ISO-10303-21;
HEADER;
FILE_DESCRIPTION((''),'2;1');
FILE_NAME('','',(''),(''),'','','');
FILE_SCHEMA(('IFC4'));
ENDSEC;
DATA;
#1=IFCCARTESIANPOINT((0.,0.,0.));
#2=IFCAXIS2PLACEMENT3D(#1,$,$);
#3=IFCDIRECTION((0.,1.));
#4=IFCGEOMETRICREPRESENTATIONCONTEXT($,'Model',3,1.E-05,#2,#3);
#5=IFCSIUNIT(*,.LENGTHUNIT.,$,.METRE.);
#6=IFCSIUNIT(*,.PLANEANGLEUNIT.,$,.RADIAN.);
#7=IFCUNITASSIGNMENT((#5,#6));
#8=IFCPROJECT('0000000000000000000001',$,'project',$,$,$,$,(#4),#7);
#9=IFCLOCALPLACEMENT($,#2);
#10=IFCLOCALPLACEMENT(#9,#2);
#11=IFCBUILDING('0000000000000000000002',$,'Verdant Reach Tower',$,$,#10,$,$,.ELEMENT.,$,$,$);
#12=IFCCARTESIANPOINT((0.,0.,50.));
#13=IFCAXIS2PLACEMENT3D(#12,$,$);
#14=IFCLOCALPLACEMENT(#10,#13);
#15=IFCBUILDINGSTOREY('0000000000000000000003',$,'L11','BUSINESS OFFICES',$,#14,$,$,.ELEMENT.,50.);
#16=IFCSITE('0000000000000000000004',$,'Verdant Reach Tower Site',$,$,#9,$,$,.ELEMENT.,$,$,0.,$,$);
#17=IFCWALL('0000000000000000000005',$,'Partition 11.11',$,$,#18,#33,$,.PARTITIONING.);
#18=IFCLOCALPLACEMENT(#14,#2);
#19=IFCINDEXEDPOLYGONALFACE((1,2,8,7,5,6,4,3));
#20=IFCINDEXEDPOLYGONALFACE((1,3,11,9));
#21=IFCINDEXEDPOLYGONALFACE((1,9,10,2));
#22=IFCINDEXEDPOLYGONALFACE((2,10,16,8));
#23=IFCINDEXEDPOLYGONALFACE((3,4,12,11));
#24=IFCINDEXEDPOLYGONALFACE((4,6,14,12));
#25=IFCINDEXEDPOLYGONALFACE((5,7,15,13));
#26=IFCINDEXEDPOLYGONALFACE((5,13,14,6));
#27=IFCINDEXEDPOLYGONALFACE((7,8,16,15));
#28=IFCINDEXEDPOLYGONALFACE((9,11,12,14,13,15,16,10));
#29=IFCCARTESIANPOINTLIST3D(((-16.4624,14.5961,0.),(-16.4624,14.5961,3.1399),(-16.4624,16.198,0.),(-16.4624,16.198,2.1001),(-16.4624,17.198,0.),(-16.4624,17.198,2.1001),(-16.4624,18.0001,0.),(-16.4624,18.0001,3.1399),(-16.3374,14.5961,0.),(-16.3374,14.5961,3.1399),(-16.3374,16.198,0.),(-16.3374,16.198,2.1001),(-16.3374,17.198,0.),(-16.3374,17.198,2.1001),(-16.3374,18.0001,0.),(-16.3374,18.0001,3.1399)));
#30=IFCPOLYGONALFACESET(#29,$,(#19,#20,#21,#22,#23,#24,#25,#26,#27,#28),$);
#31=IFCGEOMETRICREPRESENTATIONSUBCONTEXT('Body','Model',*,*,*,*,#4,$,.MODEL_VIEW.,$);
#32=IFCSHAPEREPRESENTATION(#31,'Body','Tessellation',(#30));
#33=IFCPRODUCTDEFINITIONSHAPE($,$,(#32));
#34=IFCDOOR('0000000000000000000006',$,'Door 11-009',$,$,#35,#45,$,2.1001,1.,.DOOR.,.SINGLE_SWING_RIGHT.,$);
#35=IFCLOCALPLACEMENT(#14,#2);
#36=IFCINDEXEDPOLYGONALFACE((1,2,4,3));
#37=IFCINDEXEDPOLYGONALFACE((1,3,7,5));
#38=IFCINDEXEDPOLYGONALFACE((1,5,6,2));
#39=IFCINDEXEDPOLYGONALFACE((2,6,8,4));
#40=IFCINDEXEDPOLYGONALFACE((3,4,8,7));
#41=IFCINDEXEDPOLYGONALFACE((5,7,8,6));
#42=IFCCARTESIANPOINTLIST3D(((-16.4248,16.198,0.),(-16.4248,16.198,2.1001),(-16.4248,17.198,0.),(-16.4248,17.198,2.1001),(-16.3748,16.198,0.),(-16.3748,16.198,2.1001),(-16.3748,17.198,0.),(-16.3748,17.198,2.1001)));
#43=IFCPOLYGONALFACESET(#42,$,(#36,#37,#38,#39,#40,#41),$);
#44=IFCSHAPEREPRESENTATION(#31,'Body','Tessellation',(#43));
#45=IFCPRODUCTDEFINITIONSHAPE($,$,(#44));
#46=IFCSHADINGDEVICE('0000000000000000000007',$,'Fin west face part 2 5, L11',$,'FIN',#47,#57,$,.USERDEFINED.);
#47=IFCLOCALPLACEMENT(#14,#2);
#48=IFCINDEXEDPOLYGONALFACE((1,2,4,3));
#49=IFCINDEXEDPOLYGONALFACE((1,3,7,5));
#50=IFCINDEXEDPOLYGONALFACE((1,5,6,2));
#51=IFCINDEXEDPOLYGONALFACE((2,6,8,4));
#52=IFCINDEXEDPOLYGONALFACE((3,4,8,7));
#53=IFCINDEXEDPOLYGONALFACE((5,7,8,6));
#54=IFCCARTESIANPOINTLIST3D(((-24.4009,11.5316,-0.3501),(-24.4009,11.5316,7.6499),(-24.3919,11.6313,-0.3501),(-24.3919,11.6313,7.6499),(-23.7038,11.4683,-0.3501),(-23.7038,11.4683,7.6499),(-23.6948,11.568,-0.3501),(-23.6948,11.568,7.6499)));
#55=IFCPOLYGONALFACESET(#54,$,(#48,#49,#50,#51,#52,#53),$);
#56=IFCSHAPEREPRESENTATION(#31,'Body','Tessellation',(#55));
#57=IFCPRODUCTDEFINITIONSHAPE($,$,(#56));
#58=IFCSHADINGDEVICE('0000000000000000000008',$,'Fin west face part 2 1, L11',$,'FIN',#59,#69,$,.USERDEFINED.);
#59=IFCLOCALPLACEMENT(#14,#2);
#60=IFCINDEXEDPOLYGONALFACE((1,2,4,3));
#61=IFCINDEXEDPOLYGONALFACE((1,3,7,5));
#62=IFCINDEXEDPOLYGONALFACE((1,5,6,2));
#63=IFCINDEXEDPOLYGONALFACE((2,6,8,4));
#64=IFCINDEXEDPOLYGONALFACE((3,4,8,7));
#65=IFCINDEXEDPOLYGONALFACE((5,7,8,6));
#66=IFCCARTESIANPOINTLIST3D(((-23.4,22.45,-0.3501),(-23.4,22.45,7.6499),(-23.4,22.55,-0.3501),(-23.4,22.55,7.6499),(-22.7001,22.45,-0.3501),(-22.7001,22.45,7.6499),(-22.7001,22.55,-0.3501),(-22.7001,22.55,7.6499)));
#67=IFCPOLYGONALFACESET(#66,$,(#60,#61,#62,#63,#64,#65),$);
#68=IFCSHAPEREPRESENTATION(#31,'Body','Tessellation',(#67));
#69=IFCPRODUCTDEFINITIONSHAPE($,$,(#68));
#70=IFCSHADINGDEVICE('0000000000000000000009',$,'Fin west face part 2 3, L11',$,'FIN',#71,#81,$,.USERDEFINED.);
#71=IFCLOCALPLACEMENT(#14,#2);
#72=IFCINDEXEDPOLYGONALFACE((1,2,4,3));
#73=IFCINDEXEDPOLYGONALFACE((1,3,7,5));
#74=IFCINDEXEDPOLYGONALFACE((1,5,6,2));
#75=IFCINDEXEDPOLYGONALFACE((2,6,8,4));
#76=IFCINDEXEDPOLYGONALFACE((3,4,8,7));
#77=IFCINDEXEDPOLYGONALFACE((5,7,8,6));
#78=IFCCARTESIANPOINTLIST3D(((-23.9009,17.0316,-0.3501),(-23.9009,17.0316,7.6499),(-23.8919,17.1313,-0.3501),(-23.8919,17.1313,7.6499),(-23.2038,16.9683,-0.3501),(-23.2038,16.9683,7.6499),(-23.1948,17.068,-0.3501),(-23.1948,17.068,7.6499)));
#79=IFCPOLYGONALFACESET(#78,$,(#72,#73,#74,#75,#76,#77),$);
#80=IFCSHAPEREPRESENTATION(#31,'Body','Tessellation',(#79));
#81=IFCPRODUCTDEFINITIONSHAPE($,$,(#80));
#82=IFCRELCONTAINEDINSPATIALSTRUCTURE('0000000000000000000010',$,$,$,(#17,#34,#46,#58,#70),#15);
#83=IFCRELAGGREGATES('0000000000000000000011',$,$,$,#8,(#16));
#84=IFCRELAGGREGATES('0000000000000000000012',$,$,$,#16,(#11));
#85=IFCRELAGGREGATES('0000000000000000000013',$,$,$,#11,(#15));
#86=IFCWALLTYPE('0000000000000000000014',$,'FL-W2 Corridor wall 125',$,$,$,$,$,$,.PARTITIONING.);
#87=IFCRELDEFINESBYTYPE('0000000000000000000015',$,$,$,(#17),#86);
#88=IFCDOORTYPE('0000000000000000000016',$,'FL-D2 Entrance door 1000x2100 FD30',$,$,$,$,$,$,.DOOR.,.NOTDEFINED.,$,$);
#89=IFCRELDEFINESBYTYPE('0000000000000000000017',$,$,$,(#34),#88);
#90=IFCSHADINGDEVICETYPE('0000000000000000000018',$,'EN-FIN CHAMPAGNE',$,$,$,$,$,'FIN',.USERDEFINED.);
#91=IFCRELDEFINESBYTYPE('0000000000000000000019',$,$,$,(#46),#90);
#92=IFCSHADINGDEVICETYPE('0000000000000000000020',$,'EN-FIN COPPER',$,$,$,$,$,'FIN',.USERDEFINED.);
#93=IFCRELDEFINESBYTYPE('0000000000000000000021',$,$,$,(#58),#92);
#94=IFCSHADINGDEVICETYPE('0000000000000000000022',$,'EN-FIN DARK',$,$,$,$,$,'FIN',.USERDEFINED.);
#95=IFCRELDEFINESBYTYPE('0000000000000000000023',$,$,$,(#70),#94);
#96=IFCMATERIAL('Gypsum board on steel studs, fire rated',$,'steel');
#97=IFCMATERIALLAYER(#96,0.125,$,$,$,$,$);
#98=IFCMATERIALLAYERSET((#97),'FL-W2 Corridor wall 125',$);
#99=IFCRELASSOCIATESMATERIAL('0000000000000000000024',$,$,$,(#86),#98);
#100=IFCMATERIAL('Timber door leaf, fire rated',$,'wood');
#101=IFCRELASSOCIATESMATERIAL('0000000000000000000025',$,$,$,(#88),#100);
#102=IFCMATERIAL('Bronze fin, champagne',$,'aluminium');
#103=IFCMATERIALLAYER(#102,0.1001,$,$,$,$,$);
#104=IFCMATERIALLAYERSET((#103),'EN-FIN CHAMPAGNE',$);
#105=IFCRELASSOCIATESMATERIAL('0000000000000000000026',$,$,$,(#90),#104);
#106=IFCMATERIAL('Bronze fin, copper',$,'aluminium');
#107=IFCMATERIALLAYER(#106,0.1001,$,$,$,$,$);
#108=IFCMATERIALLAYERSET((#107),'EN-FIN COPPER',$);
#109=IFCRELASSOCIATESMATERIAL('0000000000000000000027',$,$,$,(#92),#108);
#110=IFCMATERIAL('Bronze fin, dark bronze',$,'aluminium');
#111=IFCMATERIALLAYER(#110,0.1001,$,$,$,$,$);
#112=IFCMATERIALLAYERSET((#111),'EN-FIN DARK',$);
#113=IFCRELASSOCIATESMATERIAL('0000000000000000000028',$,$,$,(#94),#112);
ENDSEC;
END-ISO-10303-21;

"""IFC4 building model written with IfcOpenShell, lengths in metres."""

from ifc_helpers import new_model, si_unit, direction, frame, frame_2d, origin, origin_2d, place, context, subcontext, project, spatial, rectangle, extrude, material, layer, layer_set, type_object, element, fill, save


model = new_model("IFC4")

# Units and contexts
model_context = context("Model", 3, precision=1e-05, world=origin(), true_north=direction((0.0, 1.0)))
body_context = subcontext(model_context, "Body", "Model", "MODEL_VIEW")
ifc_project = project(units=[si_unit("LENGTHUNIT", "METRE"), si_unit("PLANEANGLEUNIT", "RADIAN")], contexts=[model_context])

# Site, building, storey
site_placement = place(None, origin())
site = spatial("IfcSite", under=ifc_project, at=site_placement, Name="Verdant Reach Tower Site", CompositionType="ELEMENT", RefElevation=0.0)
building_placement = place(site_placement, origin())
building = spatial("IfcBuilding", under=site, at=building_placement, Name="Verdant Reach Tower", CompositionType="ELEMENT")
storey_placement = place(building_placement, frame((0.0, 0.0, 50.0)))
storey = spatial("IfcBuildingStorey", under=building, at=storey_placement, Name="L11", Description="BUSINESS OFFICES", CompositionType="ELEMENT", Elevation=50.0)

# Wall, opening, door
ifc_material_1 = material(Name="Gypsum board on steel studs, fire rated", Category="steel")
ifc_layer_1 = layer(ifc_material_1, 0.125)
ifc_layer_set_1 = layer_set([ifc_layer_1], Name="FL-W2 Corridor wall 125")
wall_type_1 = type_object("IfcWallType", Name="FL-W2 Corridor wall 125", PredefinedType="PARTITIONING", material=ifc_layer_set_1)
wall_1_placement = place(storey_placement, frame((-16.3999, 14.5959, 0.0), z_axis=(0.0, 0.0, 1.0), x_axis=(0.0, 1.0, 0.0)))
wall_1 = element("IfcWall", 1, at=wall_1_placement, inside=storey, type_object=wall_type_1, Name="Partition 11.11", PredefinedType="PARTITIONING", context=body_context, shape_type="SweptSolid", body=[
    extrude(rectangle(XDim=3.4041, YDim=0.125, at=frame_2d((1.7021, 0.0))), origin(), (0.0, 0.0, 1.0), 3.1399),
])
opening_placement = place(wall_1_placement, frame((1.6021, 0.0, 0.0)))
opening = element("IfcOpeningElement", 2, at=opening_placement, cuts=wall_1, PredefinedType="OPENING", context=body_context, shape_type="SweptSolid", body=[
    extrude(rectangle(XDim=1.0, YDim=2.1001, at=frame_2d((0.5, 1.05))), frame((0.0, 0.0725, 0.0), z_axis=(0.0, -1.0, 0.0), x_axis=(1.0, 0.0, 0.0)), (0.0, 0.0, 1.0), 0.145),
])
ifc_material_2 = material(Name="Timber door leaf, fire rated", Category="wood")
door_type = type_object("IfcDoorType", Name="FL-D2 Entrance door 1000x2100 FD30", OperationType="NOTDEFINED", PredefinedType="DOOR", material=ifc_material_2)
door_placement = place(opening_placement, origin())
door = element("IfcDoor", 3, at=door_placement, inside=storey, type_object=door_type, Name="Door 11-009", OperationType="SINGLE_SWING_RIGHT", OverallHeight=2.1001, OverallWidth=1.0, PredefinedType="DOOR", context=body_context, shape_type="SweptSolid", body=[
    extrude(rectangle(XDim=1.0, YDim=2.1001, at=frame_2d((0.5, 1.05))), frame((0.0, 0.0249, 0.0), z_axis=(0.0, -1.0, 0.0), x_axis=(1.0, 0.0, 0.0)), (0.0, 0.0, 1.0), 0.05),
])
fill(opening, door)

# Shading devices
ifc_material_3 = material(Name="Bronze fin, champagne", Category="aluminium")
ifc_layer_2 = layer(ifc_material_3, 0.1001)
ifc_layer_set_2 = layer_set([ifc_layer_2], Name="EN-FIN CHAMPAGNE")
shading_device_type_1 = type_object("IfcShadingDeviceType", Name="EN-FIN CHAMPAGNE", ElementType="FIN", PredefinedType="USERDEFINED", material=ifc_layer_set_2)
shading_device_1_placement = place(storey_placement, frame((-24.0479, 11.5498, -0.3501), z_axis=(0.0, 0.0, 1.0), x_axis=(-0.090536, -0.995893, 0.0)))
element("IfcShadingDevice", 4, at=shading_device_1_placement, inside=storey, type_object=shading_device_type_1, Name="Fin west face part 2 5, L11", ObjectType="FIN", PredefinedType="USERDEFINED", context=body_context, shape_type="SweptSolid", body=[
    extrude(rectangle(XDim=0.1001, YDim=0.7, at=origin_2d()), origin(), (0.0, 0.0, 1.0), 8.0),
])
ifc_material_4 = material(Name="Bronze fin, copper", Category="aluminium")
ifc_layer_3 = layer(ifc_material_4, 0.1001)
ifc_layer_set_3 = layer_set([ifc_layer_3], Name="EN-FIN COPPER")
shading_device_type_2 = type_object("IfcShadingDeviceType", Name="EN-FIN COPPER", ElementType="FIN", PredefinedType="USERDEFINED", material=ifc_layer_set_3)
shading_device_2_placement = place(storey_placement, frame((-23.05, 22.5, -0.3501), z_axis=(0.0, 0.0, 1.0), x_axis=(0.0, -1.0, 0.0)))
element("IfcShadingDevice", 5, at=shading_device_2_placement, inside=storey, type_object=shading_device_type_2, Name="Fin west face part 2 1, L11", ObjectType="FIN", PredefinedType="USERDEFINED", context=body_context, shape_type="SweptSolid", body=[
    extrude(rectangle(XDim=0.1001, YDim=0.7, at=origin_2d()), origin(), (0.0, 0.0, 1.0), 8.0),
])
ifc_material_5 = material(Name="Bronze fin, dark bronze", Category="aluminium")
ifc_layer_4 = layer(ifc_material_5, 0.1001)
ifc_layer_set_4 = layer_set([ifc_layer_4], Name="EN-FIN DARK")
shading_device_type_3 = type_object("IfcShadingDeviceType", Name="EN-FIN DARK", ElementType="FIN", PredefinedType="USERDEFINED", material=ifc_layer_set_4)
shading_device_3_placement = place(storey_placement, frame((-23.5479, 17.0498, -0.3501), z_axis=(0.0, 0.0, 1.0), x_axis=(-0.090536, -0.995893, 0.0)))
element("IfcShadingDevice", 6, at=shading_device_3_placement, inside=storey, type_object=shading_device_type_3, Name="Fin west face part 2 3, L11", ObjectType="FIN", PredefinedType="USERDEFINED", context=body_context, shape_type="SweptSolid", body=[
    extrude(rectangle(XDim=0.1001, YDim=0.7, at=origin_2d()), origin(), (0.0, 0.0, 1.0), 8.0),
])

save(model, "model.ifc")
